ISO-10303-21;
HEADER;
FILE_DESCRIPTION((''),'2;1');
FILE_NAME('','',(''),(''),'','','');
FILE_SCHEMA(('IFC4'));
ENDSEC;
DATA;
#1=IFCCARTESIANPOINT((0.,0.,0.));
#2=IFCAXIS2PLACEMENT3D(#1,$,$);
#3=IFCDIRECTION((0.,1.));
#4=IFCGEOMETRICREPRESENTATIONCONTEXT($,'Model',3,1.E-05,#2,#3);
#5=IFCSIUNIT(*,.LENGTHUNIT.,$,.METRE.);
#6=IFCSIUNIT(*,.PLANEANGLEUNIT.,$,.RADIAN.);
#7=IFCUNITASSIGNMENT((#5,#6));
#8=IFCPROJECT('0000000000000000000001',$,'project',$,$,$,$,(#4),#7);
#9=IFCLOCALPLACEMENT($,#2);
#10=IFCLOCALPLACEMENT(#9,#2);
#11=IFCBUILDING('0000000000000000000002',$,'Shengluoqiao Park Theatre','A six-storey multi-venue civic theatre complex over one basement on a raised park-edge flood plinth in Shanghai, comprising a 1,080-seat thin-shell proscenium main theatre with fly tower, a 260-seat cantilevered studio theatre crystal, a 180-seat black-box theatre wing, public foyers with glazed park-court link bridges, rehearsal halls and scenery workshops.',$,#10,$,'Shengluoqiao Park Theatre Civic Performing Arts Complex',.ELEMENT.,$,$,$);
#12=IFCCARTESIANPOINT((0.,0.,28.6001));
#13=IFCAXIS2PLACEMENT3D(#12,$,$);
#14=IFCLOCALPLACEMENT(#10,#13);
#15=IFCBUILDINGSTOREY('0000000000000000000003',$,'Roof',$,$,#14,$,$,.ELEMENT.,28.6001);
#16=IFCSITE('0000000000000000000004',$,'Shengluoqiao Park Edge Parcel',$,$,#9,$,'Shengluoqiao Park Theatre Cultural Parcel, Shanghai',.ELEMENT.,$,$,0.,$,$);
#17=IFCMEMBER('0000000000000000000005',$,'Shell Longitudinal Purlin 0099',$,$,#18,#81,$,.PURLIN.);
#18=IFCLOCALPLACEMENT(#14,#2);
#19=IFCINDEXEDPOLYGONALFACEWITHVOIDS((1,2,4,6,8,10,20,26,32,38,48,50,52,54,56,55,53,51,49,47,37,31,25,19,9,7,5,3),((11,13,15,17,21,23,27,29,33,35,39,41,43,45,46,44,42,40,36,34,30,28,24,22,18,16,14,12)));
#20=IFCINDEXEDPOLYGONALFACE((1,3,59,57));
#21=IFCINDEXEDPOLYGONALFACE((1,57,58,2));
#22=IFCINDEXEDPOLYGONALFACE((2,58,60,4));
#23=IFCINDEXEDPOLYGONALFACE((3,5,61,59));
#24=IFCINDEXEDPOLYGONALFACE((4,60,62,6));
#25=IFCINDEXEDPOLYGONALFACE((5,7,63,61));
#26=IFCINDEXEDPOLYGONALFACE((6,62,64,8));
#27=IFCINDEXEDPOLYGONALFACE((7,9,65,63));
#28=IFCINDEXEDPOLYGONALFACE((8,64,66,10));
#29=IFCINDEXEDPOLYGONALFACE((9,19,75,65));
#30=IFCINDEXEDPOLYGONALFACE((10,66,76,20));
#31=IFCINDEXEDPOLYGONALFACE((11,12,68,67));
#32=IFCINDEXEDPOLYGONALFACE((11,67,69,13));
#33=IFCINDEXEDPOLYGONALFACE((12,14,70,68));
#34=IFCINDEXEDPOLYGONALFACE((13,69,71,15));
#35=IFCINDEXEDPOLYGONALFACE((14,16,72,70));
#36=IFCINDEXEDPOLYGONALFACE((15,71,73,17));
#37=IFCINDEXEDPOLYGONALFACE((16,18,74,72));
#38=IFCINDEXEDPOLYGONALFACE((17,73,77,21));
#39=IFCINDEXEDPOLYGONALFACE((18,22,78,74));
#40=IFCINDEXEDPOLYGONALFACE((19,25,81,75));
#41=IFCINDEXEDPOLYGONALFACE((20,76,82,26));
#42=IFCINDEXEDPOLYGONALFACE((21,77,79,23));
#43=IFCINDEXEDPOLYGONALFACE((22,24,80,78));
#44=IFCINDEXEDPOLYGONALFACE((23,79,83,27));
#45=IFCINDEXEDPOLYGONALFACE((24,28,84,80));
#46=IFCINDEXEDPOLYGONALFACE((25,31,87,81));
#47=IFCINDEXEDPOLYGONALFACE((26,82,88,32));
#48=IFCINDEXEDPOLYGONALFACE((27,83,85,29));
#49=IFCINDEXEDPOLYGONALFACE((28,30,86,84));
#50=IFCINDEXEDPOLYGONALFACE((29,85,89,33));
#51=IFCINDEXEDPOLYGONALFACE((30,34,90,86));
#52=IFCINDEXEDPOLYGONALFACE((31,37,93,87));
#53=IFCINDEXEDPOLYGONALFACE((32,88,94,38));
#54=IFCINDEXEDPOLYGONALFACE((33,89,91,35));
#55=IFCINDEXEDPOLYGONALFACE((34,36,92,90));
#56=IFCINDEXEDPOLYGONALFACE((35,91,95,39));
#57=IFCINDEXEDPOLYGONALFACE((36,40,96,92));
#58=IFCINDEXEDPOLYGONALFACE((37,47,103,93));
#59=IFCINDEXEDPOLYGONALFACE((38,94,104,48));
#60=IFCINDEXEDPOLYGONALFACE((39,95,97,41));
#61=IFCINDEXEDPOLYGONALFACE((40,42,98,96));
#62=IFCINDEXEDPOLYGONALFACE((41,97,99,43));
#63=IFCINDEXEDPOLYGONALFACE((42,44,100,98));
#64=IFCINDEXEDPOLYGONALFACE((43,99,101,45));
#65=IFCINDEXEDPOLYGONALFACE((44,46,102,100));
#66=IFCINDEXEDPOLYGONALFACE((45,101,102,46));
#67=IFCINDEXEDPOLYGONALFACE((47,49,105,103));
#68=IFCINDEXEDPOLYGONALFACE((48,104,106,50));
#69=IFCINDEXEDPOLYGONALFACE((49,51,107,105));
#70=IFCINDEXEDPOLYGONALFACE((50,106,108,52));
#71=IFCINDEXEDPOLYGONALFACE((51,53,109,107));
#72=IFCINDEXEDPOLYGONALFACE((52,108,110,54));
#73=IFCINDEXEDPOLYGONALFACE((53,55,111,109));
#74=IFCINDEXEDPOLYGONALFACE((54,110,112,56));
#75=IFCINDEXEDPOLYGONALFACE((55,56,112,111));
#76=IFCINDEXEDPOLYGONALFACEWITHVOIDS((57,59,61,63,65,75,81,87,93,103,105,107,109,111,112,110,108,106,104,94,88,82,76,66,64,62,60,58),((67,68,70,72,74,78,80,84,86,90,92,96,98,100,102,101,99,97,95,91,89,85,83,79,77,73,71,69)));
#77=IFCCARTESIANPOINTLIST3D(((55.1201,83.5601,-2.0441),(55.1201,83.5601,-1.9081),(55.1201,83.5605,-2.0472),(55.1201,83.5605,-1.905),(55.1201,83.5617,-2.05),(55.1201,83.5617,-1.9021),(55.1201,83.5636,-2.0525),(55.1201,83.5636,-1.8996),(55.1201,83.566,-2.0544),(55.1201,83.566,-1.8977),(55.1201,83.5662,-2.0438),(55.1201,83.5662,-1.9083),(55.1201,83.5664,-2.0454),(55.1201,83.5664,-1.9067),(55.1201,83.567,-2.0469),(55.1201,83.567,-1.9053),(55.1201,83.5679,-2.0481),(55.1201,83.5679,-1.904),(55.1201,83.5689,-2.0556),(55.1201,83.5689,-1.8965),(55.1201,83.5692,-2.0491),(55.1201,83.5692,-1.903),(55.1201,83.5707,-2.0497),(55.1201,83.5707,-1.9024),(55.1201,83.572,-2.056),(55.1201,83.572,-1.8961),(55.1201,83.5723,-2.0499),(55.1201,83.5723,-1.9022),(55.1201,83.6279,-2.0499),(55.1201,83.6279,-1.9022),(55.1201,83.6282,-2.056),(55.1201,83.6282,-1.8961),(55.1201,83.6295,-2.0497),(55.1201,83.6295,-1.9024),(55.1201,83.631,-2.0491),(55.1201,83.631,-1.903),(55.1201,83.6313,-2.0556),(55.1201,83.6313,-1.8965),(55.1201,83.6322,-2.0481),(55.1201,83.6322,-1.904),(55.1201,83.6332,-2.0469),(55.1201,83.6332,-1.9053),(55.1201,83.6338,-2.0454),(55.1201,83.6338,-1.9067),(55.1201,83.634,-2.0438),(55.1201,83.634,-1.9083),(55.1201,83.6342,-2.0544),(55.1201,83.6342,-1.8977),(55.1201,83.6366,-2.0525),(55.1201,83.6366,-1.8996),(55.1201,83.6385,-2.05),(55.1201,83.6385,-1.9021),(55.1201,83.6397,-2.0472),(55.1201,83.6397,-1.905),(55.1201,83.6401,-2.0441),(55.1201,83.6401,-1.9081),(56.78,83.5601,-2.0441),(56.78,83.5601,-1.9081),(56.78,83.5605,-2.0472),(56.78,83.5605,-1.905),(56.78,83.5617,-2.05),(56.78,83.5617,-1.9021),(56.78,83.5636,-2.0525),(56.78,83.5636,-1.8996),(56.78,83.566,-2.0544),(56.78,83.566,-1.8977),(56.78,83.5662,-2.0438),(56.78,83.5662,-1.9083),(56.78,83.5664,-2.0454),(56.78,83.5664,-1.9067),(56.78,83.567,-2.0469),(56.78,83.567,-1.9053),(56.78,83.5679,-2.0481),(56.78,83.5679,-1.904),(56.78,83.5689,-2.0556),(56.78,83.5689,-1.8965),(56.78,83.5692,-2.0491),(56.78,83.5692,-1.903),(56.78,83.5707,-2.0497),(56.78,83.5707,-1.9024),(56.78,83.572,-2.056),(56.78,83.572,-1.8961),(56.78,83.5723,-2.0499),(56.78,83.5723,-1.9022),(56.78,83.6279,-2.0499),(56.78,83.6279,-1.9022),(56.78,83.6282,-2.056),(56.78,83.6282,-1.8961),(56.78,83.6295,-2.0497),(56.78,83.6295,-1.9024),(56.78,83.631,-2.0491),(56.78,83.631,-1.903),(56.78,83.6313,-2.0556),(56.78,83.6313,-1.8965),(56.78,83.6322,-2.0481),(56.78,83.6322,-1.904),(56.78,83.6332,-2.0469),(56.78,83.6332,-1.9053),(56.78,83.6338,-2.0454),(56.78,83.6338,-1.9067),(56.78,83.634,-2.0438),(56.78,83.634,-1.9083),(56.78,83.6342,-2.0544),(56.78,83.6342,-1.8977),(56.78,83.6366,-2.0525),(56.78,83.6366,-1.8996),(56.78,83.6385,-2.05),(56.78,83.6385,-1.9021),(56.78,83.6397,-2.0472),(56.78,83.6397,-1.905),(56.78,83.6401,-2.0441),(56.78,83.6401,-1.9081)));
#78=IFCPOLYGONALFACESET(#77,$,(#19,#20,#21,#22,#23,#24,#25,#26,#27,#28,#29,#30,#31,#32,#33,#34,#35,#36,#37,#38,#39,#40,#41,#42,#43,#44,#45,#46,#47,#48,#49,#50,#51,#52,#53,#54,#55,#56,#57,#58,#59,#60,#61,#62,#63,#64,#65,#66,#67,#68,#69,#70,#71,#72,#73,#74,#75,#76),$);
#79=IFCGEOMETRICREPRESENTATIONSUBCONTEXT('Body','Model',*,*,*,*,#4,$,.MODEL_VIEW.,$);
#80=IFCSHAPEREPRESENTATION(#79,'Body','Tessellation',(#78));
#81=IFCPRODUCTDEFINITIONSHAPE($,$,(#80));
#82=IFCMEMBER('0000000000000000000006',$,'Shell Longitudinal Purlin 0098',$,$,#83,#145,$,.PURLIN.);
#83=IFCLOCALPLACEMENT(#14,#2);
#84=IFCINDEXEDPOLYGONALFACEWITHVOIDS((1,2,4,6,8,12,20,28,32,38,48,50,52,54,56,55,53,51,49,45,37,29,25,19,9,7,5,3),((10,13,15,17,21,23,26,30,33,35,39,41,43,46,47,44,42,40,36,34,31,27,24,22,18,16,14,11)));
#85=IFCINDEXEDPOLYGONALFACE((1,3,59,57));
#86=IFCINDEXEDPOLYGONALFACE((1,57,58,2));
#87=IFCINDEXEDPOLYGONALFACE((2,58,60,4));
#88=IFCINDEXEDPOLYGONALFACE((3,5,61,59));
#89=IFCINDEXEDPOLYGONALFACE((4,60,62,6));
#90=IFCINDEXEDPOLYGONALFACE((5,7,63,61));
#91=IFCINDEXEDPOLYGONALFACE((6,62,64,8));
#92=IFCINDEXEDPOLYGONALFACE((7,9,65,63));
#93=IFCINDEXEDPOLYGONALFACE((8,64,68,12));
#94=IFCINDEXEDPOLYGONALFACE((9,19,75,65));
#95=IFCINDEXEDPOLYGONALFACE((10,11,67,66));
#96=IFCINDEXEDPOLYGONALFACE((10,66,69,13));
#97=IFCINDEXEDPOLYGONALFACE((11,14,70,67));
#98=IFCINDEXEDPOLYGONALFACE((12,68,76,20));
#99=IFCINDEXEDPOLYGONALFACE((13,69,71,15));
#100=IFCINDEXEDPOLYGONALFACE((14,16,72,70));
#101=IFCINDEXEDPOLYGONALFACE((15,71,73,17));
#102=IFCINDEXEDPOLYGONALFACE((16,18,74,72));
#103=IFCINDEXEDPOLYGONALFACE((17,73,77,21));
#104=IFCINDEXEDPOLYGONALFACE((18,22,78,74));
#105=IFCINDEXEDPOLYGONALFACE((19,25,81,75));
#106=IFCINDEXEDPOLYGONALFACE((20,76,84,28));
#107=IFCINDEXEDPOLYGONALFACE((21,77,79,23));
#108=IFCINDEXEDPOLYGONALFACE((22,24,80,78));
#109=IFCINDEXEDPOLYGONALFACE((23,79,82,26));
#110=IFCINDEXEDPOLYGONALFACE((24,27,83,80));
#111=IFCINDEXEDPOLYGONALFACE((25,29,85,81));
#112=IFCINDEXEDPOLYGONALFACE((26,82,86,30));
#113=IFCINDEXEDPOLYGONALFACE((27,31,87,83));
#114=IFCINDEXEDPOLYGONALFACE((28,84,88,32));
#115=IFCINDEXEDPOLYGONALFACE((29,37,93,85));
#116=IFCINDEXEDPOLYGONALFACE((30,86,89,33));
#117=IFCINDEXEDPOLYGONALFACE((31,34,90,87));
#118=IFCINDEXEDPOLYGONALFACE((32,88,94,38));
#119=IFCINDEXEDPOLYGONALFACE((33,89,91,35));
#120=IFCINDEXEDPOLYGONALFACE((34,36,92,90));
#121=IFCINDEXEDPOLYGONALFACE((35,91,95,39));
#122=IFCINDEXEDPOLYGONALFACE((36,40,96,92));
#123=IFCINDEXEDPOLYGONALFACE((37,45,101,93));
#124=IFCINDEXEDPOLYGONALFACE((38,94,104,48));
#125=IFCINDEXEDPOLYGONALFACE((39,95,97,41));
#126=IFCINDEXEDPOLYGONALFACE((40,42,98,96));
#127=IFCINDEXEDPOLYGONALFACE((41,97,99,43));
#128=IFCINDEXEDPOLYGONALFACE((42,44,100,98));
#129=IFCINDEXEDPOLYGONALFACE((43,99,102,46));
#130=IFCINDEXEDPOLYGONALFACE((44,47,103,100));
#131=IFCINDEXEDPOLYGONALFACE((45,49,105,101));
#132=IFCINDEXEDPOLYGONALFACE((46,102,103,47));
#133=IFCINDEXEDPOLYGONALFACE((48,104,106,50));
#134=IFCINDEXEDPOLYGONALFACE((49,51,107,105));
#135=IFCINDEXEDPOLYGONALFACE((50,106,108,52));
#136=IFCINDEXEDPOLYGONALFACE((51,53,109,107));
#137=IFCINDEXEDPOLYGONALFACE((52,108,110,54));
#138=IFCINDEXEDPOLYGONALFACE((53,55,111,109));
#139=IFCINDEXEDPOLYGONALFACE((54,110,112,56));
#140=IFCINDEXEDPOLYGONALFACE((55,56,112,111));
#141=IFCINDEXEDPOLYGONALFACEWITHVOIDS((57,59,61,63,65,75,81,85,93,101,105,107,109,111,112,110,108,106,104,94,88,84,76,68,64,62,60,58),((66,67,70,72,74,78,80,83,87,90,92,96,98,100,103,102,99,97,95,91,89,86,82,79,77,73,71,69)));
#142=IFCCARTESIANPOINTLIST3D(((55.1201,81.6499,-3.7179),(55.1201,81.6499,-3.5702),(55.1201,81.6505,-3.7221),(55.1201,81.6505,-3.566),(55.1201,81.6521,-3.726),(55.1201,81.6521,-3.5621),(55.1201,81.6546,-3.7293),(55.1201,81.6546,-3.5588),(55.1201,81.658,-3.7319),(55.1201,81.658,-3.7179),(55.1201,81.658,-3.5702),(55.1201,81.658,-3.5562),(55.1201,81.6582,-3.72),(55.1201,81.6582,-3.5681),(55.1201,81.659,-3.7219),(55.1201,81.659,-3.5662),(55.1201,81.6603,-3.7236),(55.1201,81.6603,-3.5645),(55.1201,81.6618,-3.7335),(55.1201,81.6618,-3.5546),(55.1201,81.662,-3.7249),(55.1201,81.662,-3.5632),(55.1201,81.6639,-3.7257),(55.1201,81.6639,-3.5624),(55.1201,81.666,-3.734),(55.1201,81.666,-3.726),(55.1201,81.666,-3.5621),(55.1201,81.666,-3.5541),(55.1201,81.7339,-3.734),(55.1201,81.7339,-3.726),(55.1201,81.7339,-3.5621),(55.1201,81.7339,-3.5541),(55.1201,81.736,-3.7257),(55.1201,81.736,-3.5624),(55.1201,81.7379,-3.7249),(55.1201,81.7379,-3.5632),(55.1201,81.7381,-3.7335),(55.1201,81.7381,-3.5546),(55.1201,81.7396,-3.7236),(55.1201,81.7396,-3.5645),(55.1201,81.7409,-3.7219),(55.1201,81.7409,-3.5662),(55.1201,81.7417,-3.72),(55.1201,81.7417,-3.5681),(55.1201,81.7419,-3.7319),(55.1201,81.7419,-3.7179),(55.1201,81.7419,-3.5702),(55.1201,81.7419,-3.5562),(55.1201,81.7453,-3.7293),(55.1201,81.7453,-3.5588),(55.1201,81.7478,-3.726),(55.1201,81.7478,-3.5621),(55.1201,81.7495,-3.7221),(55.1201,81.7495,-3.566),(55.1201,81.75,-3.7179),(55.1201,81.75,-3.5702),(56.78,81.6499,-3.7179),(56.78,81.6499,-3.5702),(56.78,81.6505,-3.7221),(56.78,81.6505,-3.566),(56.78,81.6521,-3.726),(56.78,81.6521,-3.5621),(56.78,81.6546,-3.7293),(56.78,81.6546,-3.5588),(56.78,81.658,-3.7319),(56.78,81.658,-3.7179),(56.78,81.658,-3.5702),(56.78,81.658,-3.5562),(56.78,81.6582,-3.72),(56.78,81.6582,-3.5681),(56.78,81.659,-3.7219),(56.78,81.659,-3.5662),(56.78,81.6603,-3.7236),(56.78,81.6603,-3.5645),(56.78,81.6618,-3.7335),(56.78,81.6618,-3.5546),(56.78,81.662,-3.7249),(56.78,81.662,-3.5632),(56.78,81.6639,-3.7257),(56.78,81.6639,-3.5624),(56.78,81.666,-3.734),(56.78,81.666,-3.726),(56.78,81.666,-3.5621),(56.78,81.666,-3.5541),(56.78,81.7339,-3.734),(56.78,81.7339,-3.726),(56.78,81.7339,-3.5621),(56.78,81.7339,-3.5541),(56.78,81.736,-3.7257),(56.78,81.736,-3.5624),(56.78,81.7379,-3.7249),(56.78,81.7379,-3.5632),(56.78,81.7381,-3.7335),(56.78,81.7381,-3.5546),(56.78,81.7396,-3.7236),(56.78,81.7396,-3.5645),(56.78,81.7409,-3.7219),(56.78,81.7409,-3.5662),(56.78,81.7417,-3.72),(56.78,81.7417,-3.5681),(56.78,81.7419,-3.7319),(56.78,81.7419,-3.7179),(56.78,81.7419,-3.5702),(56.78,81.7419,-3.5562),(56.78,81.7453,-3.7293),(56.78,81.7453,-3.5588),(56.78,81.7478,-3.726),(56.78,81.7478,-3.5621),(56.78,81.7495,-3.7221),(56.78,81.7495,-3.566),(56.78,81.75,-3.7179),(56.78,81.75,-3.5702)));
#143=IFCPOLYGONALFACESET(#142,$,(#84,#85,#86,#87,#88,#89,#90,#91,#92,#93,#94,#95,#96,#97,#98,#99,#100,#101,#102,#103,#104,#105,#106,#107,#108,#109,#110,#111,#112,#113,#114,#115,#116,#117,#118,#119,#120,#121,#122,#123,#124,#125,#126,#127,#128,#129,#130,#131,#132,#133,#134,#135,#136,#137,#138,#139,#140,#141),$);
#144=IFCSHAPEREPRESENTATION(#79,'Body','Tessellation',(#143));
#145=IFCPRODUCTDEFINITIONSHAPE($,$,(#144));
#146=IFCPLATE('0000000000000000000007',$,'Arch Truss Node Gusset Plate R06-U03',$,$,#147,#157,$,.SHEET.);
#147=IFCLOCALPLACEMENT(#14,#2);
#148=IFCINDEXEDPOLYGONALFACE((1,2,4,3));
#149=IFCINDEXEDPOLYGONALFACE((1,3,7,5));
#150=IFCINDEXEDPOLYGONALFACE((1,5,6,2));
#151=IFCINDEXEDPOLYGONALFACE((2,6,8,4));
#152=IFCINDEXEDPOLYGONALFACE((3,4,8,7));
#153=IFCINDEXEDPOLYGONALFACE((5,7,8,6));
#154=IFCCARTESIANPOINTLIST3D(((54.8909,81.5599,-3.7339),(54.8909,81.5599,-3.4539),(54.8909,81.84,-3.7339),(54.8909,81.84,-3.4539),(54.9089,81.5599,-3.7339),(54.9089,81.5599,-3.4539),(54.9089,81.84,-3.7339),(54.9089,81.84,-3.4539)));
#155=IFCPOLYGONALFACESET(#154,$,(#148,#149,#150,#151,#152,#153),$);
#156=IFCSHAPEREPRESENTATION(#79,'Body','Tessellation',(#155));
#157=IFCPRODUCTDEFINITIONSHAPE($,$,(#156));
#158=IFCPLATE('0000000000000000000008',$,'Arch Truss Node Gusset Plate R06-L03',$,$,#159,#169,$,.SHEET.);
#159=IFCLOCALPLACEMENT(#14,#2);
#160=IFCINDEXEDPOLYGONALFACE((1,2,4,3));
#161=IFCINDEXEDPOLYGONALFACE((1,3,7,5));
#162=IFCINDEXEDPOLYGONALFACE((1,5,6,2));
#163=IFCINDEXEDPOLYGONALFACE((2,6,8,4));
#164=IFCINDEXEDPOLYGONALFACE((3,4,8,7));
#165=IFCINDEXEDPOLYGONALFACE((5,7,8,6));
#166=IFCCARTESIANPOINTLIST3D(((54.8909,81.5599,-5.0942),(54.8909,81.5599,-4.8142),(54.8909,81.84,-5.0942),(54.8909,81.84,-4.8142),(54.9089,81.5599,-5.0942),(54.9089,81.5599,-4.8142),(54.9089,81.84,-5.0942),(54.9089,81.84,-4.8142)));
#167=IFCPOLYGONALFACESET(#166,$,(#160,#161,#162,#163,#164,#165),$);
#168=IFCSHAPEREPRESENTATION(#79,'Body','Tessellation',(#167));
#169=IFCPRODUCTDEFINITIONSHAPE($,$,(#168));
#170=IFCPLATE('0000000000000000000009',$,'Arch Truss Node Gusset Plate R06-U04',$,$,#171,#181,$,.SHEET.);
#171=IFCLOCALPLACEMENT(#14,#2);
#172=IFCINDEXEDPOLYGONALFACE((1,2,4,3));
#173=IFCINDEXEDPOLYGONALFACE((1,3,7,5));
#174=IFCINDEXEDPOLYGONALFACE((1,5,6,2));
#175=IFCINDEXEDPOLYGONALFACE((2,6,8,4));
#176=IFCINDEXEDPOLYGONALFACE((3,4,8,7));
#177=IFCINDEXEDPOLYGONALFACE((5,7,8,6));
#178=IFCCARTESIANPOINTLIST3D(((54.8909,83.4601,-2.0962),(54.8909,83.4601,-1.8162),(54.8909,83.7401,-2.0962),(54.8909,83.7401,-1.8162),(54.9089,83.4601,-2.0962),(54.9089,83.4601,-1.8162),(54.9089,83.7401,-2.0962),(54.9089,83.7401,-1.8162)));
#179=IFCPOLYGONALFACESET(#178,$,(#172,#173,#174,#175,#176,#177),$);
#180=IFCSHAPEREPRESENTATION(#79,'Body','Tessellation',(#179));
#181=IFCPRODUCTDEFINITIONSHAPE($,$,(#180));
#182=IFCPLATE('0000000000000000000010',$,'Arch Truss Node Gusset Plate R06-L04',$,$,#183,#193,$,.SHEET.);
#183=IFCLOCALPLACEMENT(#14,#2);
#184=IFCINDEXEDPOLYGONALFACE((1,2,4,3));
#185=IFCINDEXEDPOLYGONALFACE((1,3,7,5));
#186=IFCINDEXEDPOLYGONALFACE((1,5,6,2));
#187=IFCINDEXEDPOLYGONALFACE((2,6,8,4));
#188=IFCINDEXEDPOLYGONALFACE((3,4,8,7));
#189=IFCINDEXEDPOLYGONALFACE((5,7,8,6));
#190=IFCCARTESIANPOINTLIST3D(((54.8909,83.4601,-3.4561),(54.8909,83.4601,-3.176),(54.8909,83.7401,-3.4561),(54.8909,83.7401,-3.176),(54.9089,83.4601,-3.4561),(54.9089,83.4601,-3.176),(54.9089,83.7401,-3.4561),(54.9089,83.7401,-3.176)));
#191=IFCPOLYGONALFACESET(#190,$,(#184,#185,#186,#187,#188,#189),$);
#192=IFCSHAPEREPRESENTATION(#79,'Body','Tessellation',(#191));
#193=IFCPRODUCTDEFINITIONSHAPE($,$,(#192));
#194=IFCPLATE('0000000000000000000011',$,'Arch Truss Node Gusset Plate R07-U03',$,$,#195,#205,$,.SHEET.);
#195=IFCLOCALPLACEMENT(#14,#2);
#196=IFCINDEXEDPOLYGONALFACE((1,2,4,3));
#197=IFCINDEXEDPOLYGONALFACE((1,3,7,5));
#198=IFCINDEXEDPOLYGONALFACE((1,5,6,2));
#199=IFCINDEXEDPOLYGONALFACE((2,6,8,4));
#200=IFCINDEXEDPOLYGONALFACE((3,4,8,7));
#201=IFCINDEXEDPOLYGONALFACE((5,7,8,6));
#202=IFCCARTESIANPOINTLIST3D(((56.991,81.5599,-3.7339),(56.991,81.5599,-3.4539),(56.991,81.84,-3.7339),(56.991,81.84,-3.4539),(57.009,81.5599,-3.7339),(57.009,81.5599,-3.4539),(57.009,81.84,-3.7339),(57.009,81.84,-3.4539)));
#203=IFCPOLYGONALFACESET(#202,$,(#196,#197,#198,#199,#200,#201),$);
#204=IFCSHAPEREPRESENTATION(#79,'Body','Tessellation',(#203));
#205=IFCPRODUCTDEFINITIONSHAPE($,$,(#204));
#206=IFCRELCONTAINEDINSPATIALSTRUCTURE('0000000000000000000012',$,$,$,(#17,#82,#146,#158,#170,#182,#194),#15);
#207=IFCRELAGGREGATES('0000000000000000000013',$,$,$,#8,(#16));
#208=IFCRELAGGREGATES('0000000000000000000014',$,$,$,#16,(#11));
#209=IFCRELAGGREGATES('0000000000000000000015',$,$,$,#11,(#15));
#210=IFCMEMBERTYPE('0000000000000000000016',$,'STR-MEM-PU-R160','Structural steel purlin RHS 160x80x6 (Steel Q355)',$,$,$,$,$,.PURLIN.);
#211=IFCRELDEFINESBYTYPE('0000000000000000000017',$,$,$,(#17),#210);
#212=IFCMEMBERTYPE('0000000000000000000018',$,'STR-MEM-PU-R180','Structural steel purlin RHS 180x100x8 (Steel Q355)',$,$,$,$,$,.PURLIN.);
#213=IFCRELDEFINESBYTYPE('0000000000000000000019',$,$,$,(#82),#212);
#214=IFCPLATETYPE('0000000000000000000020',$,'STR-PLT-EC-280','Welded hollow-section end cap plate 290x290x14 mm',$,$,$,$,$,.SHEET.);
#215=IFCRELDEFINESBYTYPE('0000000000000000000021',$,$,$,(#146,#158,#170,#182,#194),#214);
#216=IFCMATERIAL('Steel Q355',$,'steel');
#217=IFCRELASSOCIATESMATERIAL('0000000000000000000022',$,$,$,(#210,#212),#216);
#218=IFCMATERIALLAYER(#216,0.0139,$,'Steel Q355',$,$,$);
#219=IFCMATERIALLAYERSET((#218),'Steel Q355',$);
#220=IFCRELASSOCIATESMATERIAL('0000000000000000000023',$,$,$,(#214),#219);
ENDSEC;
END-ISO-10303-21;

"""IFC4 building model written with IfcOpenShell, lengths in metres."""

from ifc_helpers import new_model, si_unit, direction, frame, origin, origin_2d, place, context, subcontext, project, spatial, rectangle, hollow_rectangle, extrude, material, layer, layer_set, material_profile, profile_set, type_object, element, save


model = new_model("IFC4")

# Units and contexts
model_context = context("Model", 3, precision=1e-05, world=origin(), true_north=direction((0.0, 1.0)))
body_context = subcontext(model_context, "Body", "Model", "MODEL_VIEW")
ifc_project = project(units=[si_unit("LENGTHUNIT", "METRE"), si_unit("PLANEANGLEUNIT", "RADIAN")], contexts=[model_context])

# Site, building, storey
site_placement = place(None, origin())
site = spatial("IfcSite", under=ifc_project, at=site_placement, Name="Shengluoqiao Park Edge Parcel", LongName="Shengluoqiao Park Theatre Cultural Parcel, Shanghai", CompositionType="ELEMENT", RefElevation=0.0)
building_placement = place(site_placement, origin())
building = spatial("IfcBuilding", under=site, at=building_placement, Name="Shengluoqiao Park Theatre", Description="A six-storey multi-venue civic theatre complex over one basement on a raised park-edge flood plinth in Shanghai, comprising a 1,080-seat thin-shell proscenium main theatre with fly tower, a 260-seat cantilevered studio theatre crystal, a 180-seat black-box theatre wing, public foyers with glazed park-court link bridges, rehearsal halls and scenery workshops.", LongName="Shengluoqiao Park Theatre Civic Performing Arts Complex", CompositionType="ELEMENT")
storey_placement = place(building_placement, frame((0.0, 0.0, 28.6001)))
storey = spatial("IfcBuildingStorey", under=building, at=storey_placement, Name="Roof", CompositionType="ELEMENT", Elevation=28.6001)

# Shared definitions
ifc_material_1 = material(Name="Steel Q355", Category="steel")

# Members
ifc_material_profile_1 = material_profile(ifc_material_1, hollow_rectangle(XDim=0.0801, YDim=0.1599, WallThickness=0.0061, InnerFilletRadius=0.0061, OuterFilletRadius=0.012, at=origin_2d()), Name="RHS 160x80x6")
ifc_profile_set_1 = profile_set([ifc_material_profile_1], Name="Steel Q355")
member_type_1 = type_object("IfcMemberType", Name="STR-MEM-PU-R160", Description="Structural steel purlin RHS 160x80x6 (Steel Q355)", PredefinedType="PURLIN", material=ifc_profile_set_1)
for number, where, z_axis, x_axis, name in (
    (1, (55.1201, 83.6001, -1.9761), (1.0, 0.0, 0.0), (0.0, 1.0, 0.0), "Shell Longitudinal Purlin 0099"),
):
    element("IfcMember", number, at=place(storey_placement, frame(where, z_axis=z_axis, x_axis=x_axis)), inside=storey, type_object=member_type_1, Name=name, PredefinedType="PURLIN", context=body_context, shape_type="SweptSolid", body=[
        extrude(hollow_rectangle(XDim=0.0801, YDim=0.1599, WallThickness=0.0061, InnerFilletRadius=0.0061, OuterFilletRadius=0.012, at=origin_2d()), origin(), (0.0, 0.0, 1.0), 1.6599),
    ])
ifc_material_profile_2 = material_profile(ifc_material_1, hollow_rectangle(XDim=0.1001, YDim=0.1799, WallThickness=0.0081, InnerFilletRadius=0.0081, OuterFilletRadius=0.0161, at=origin_2d()), Name="RHS 180x100x8")
ifc_profile_set_2 = profile_set([ifc_material_profile_2], Name="Steel Q355")
member_type_2 = type_object("IfcMemberType", Name="STR-MEM-PU-R180", Description="Structural steel purlin RHS 180x100x8 (Steel Q355)", PredefinedType="PURLIN", material=ifc_profile_set_2)
member_1_placement = place(storey_placement, frame((55.1201, 81.7, -3.644), z_axis=(1.0, 0.0, 0.0), x_axis=(0.0, 1.0, 0.0)))
element("IfcMember", 2, at=member_1_placement, inside=storey, type_object=member_type_2, Name="Shell Longitudinal Purlin 0098", PredefinedType="PURLIN", context=body_context, shape_type="SweptSolid", body=[
    extrude(hollow_rectangle(XDim=0.1001, YDim=0.1799, WallThickness=0.0081, InnerFilletRadius=0.0081, OuterFilletRadius=0.0161, at=origin_2d()), origin(), (0.0, 0.0, 1.0), 1.6599),
])

# Plates
ifc_layer_1 = layer(ifc_material_1, 0.0139, Name="Steel Q355")
ifc_layer_set_1 = layer_set([ifc_layer_1], Name="Steel Q355")
plate_type_1 = type_object("IfcPlateType", Name="STR-PLT-EC-280", Description="Welded hollow-section end cap plate 290x290x14 mm", PredefinedType="SHEET", material=ifc_layer_set_1)
for number, where, z_axis, x_axis, name in (
    (3, (54.8999, 81.7, -3.7339), (0.0, 0.0, 1.0), (1.0, 0.0, 0.0), "Arch Truss Node Gusset Plate R06-U03"),
    (4, (54.8999, 81.7, -5.0942), (0.0, 0.0, 1.0), (1.0, 0.0, 0.0), "Arch Truss Node Gusset Plate R06-L03"),
    (5, (54.8999, 83.6001, -2.0962), (0.0, 0.0, 1.0), (1.0, 0.0, 0.0), "Arch Truss Node Gusset Plate R06-U04"),
    (6, (54.8999, 83.6001, -3.4561), (0.0, 0.0, 1.0), (1.0, 0.0, 0.0), "Arch Truss Node Gusset Plate R06-L04"),
    (7, (57.0, 81.7, -3.7339), (0.0, 0.0, 1.0), (1.0, 0.0, 0.0), "Arch Truss Node Gusset Plate R07-U03"),
):
    element("IfcPlate", number, at=place(storey_placement, frame(where, z_axis=z_axis, x_axis=x_axis)), inside=storey, type_object=plate_type_1, Name=name, PredefinedType="SHEET", context=body_context, shape_type="SweptSolid", body=[
        extrude(rectangle(XDim=0.0181, YDim=0.28, at=origin_2d()), origin(), (0.0, 0.0, 1.0), 0.28),
    ])

save(model, "model.ifc")
